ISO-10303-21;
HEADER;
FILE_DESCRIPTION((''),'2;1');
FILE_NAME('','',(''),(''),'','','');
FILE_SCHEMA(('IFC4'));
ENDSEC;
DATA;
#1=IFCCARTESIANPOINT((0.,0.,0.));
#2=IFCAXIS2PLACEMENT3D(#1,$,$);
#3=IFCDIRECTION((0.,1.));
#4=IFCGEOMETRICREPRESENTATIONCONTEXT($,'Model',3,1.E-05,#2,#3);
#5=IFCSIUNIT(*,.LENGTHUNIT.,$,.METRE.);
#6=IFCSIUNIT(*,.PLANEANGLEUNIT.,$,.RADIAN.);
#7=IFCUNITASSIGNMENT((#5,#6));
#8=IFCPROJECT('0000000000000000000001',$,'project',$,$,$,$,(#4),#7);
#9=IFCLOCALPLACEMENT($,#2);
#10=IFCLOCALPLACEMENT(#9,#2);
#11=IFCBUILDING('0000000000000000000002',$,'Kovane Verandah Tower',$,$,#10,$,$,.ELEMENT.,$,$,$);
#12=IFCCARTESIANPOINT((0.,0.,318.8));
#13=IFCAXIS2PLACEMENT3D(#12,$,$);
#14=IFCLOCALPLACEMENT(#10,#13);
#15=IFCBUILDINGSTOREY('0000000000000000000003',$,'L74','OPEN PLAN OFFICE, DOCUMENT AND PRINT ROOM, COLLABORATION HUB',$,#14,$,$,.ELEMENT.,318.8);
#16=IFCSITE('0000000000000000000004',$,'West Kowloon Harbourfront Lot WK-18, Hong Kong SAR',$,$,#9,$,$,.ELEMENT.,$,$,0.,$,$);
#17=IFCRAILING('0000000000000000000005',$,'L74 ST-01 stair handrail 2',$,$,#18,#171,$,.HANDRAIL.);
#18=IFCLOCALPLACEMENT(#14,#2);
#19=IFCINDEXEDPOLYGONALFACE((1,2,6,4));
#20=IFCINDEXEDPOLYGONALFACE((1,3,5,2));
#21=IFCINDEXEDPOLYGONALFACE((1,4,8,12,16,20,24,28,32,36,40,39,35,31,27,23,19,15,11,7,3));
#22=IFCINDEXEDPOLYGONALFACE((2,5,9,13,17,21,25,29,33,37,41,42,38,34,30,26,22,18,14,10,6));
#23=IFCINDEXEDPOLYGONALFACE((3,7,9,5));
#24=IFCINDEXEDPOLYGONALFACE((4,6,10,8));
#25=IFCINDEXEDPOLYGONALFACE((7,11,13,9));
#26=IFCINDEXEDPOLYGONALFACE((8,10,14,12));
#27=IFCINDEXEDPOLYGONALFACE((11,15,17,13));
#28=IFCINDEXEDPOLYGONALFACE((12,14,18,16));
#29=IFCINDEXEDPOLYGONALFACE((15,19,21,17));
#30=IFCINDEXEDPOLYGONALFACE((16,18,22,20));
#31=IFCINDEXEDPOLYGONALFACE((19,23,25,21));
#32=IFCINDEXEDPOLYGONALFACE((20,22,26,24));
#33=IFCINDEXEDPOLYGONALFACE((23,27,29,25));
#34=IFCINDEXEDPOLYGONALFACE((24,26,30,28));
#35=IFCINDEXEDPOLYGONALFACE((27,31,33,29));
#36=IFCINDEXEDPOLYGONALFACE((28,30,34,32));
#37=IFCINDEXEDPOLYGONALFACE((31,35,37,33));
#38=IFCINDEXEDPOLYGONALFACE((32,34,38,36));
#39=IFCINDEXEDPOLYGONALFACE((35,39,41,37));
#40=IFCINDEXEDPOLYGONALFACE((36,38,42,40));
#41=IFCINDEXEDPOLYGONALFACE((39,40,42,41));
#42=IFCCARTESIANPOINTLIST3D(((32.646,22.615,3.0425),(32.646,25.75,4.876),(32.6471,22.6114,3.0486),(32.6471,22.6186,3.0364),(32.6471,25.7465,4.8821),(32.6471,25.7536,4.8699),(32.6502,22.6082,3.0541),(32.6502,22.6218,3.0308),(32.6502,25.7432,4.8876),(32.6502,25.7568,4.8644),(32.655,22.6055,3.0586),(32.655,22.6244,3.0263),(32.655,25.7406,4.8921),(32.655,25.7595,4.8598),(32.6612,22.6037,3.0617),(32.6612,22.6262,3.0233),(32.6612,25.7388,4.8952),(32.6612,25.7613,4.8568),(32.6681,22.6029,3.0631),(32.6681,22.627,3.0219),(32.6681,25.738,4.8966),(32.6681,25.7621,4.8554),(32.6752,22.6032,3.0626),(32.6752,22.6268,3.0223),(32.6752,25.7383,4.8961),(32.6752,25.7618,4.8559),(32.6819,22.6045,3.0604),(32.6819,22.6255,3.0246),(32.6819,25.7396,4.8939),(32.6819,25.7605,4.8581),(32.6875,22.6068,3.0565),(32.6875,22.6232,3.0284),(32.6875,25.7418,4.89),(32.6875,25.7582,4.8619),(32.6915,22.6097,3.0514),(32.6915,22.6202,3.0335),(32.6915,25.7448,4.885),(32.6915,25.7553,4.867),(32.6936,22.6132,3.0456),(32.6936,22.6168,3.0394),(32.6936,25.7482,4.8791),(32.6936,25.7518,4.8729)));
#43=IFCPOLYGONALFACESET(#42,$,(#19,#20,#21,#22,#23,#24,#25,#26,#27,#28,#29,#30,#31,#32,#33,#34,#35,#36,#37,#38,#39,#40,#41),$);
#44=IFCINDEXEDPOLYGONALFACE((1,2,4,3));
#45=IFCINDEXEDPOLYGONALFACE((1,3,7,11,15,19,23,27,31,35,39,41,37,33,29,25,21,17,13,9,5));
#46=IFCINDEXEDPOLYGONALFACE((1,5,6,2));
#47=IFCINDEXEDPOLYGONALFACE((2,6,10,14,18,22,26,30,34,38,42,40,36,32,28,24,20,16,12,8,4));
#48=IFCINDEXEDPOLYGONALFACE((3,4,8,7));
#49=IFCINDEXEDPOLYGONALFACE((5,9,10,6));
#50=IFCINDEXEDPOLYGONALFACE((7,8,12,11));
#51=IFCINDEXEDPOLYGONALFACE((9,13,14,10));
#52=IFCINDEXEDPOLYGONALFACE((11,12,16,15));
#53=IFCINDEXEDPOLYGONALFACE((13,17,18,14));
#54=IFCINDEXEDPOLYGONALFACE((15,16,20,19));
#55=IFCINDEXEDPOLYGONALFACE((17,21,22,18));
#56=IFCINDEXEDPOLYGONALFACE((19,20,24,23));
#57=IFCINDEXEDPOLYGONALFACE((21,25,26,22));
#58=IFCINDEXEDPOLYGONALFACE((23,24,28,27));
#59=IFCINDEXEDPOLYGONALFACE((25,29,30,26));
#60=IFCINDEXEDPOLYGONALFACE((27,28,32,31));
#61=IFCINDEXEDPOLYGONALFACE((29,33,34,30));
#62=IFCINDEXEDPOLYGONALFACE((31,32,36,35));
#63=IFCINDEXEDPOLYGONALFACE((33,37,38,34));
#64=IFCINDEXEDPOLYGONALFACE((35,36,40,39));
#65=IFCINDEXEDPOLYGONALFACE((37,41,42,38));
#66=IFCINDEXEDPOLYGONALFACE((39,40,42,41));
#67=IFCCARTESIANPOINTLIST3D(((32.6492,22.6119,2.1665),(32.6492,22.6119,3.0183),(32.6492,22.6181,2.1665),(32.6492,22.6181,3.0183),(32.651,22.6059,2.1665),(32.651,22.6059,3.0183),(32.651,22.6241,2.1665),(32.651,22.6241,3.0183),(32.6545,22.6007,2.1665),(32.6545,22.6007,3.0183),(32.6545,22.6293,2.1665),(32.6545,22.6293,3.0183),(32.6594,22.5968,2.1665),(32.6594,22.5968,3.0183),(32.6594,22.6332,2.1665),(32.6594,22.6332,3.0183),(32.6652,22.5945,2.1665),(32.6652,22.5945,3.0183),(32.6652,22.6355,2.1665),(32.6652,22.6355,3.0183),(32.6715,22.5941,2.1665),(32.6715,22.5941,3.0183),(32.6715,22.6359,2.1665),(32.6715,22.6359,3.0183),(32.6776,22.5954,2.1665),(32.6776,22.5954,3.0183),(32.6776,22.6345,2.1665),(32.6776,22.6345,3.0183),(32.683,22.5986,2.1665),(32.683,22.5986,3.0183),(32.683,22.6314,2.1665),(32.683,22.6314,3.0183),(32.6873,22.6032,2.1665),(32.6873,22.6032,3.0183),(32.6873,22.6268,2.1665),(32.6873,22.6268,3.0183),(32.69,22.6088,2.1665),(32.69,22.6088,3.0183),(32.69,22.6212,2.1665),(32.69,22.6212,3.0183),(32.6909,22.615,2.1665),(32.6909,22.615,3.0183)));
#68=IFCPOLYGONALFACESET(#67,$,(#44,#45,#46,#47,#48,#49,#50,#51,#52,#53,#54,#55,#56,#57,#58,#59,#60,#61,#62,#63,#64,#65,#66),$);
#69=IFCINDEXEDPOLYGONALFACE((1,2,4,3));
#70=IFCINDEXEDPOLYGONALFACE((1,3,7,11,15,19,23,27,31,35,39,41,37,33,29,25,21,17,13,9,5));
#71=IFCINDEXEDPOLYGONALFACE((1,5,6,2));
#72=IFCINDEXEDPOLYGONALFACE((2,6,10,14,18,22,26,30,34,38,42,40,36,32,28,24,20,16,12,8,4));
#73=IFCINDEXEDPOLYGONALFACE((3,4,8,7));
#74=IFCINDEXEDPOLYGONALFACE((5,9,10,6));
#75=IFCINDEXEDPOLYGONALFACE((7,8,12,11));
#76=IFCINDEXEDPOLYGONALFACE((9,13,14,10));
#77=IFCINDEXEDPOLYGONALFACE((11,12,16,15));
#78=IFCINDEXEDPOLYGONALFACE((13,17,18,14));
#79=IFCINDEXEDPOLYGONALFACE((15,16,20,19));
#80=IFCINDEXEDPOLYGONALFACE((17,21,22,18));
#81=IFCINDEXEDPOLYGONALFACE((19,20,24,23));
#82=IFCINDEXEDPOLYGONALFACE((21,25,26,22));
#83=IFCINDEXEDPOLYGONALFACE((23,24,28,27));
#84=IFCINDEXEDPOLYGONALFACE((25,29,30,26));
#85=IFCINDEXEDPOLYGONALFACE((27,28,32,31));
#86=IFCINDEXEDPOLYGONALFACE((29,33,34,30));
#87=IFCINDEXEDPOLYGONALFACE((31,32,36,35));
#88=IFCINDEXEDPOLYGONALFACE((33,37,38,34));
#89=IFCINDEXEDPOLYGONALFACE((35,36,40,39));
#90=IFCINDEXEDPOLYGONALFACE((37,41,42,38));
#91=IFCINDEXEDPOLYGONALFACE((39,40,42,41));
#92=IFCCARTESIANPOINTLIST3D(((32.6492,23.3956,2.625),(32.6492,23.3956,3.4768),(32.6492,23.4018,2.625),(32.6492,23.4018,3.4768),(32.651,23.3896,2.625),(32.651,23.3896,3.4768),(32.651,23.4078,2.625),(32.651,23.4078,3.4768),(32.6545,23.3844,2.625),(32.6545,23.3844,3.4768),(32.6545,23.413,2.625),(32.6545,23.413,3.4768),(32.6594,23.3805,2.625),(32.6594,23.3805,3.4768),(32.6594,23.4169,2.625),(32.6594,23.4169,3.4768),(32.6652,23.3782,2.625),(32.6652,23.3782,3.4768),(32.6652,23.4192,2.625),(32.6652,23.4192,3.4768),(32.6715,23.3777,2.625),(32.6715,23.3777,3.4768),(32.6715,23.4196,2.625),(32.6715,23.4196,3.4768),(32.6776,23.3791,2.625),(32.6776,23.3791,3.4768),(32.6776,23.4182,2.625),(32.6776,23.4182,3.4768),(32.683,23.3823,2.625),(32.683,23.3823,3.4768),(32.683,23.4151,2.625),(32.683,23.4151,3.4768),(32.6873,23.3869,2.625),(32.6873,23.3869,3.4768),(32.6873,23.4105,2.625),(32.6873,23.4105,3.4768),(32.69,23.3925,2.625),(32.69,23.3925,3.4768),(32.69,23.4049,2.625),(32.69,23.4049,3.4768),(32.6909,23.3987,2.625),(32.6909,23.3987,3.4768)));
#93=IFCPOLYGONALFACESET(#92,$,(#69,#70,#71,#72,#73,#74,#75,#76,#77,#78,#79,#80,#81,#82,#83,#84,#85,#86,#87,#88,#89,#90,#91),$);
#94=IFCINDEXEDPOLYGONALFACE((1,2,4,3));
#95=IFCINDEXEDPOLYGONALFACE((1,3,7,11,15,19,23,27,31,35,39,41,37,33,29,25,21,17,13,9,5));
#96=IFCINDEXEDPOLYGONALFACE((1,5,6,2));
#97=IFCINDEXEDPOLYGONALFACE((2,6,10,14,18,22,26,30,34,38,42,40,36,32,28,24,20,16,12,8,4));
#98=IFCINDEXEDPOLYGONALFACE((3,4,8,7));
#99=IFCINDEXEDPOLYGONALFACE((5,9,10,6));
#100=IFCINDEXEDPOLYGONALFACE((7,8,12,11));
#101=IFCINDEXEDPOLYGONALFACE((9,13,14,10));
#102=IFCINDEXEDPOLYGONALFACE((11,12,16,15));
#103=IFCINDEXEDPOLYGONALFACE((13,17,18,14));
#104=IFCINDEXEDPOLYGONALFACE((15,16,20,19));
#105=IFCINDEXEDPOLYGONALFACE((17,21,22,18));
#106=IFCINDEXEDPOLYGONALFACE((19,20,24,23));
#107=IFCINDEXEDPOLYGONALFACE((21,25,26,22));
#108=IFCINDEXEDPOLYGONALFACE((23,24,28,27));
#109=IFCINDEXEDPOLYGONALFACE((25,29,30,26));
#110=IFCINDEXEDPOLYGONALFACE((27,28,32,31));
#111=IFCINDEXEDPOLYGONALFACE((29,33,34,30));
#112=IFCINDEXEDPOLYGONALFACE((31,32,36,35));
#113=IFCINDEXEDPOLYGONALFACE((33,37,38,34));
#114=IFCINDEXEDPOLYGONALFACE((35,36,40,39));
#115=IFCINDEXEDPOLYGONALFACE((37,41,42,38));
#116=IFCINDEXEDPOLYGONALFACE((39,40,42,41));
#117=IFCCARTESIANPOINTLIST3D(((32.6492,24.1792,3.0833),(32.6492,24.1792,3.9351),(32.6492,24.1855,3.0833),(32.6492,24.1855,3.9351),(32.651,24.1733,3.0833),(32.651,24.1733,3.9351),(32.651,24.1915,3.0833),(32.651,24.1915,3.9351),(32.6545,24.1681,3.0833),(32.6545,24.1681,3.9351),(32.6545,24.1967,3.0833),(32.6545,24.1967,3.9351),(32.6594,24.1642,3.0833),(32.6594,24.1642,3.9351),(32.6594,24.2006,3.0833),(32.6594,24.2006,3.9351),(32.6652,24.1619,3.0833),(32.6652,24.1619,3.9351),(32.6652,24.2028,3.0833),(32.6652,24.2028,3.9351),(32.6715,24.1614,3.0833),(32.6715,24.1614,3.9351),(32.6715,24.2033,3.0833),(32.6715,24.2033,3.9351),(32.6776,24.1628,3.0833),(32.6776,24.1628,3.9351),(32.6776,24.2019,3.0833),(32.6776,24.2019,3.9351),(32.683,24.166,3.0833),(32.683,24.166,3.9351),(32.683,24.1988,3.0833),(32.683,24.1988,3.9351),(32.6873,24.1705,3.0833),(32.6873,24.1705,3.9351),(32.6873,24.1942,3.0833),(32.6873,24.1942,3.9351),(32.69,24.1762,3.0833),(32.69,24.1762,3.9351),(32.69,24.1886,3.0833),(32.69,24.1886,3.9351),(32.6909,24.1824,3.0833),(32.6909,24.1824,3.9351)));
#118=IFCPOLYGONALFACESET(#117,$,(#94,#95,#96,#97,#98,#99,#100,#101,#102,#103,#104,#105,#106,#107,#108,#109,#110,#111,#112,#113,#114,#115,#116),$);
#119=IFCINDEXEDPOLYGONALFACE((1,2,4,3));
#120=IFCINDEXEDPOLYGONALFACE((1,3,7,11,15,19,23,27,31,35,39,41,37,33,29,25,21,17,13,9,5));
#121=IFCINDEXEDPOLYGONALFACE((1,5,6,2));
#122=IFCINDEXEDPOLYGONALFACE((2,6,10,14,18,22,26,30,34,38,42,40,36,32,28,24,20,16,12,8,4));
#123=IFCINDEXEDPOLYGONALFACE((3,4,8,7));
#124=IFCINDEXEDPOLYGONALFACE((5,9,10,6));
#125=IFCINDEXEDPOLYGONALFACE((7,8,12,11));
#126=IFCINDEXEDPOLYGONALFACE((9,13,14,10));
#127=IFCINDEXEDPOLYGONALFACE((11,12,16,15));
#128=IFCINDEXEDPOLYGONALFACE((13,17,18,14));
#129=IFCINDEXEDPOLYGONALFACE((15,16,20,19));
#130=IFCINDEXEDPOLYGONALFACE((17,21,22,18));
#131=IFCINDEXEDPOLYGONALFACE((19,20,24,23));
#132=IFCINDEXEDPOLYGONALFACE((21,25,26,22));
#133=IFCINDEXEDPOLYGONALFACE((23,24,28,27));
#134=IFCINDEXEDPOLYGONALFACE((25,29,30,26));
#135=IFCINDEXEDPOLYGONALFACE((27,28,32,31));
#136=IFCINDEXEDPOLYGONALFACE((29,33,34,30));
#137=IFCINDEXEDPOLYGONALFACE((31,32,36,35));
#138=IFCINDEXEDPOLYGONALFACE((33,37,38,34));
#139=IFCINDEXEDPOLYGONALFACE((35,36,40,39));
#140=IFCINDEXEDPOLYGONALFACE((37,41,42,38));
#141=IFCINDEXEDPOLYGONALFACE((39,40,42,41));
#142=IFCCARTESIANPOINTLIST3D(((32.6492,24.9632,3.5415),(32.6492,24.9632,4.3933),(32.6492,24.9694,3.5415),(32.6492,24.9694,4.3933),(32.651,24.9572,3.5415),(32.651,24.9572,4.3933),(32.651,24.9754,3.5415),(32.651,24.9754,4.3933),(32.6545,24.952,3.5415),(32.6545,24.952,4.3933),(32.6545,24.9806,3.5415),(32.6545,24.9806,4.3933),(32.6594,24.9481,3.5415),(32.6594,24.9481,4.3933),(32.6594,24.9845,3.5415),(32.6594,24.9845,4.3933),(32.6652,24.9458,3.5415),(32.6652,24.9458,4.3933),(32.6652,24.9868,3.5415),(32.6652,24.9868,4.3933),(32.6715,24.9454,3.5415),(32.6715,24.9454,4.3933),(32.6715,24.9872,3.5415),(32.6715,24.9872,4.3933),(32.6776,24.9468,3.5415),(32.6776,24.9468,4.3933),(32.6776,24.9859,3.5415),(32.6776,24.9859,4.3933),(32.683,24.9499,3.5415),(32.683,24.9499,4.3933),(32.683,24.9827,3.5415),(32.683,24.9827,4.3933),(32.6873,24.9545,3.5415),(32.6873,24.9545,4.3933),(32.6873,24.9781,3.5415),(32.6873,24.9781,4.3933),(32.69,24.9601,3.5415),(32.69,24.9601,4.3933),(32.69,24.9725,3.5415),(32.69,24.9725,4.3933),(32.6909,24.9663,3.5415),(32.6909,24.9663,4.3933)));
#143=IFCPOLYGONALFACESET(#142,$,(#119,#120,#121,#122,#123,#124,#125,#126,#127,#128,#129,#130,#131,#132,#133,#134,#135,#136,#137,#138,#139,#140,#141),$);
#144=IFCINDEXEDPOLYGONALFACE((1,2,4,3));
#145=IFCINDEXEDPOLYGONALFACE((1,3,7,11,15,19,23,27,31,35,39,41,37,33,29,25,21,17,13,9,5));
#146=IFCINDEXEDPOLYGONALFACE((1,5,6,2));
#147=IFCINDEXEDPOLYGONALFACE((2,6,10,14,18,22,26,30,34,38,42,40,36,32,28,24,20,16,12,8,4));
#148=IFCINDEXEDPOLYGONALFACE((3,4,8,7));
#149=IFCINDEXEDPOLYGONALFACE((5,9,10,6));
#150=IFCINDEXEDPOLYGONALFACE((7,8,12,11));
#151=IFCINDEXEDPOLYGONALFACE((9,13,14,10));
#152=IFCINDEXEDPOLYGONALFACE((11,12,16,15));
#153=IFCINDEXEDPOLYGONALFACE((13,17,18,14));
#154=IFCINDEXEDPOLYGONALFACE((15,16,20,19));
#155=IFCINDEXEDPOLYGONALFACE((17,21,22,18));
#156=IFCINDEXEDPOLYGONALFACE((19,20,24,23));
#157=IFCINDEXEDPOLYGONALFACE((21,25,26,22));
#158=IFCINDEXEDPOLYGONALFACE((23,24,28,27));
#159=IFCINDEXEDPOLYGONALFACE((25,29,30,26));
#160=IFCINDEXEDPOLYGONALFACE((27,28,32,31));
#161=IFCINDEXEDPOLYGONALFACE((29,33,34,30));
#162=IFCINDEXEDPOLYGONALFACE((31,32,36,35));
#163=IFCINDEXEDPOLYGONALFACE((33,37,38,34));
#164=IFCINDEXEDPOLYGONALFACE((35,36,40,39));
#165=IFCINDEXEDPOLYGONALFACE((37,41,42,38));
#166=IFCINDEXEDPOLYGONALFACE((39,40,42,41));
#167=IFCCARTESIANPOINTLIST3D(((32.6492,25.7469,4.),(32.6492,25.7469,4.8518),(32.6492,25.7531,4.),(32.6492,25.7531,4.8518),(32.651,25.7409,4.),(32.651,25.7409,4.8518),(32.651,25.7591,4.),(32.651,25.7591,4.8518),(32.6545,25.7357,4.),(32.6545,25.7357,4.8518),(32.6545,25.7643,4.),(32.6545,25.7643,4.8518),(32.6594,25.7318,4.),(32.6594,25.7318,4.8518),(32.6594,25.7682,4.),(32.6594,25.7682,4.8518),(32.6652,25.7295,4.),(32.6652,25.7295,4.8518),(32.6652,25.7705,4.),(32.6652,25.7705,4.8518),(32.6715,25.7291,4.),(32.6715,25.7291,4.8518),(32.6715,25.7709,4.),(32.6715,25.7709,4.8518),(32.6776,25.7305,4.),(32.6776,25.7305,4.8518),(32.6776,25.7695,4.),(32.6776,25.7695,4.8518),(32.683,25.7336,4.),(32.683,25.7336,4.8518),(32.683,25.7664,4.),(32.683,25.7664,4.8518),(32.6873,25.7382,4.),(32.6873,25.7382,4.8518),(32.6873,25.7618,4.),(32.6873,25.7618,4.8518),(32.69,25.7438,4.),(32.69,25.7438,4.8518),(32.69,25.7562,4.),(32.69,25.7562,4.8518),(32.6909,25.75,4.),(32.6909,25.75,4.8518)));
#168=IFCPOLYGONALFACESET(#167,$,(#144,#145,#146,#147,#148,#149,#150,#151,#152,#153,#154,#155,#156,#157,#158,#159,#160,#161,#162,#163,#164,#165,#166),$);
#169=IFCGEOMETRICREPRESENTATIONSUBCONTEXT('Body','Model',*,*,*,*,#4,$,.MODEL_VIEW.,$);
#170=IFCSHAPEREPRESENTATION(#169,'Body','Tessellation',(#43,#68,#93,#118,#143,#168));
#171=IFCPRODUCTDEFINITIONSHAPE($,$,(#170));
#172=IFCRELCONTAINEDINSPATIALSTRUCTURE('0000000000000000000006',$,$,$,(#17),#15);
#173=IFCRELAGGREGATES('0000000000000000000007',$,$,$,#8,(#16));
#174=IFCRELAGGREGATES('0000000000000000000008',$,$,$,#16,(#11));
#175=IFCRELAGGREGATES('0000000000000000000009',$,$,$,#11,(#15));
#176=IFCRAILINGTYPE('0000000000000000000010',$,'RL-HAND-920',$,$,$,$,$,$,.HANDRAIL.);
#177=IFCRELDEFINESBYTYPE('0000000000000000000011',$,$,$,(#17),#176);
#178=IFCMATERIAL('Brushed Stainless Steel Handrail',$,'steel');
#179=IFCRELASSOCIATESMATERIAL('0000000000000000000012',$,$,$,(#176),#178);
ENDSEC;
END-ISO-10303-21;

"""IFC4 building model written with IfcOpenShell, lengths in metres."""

from ifc_helpers import new_model, si_unit, direction, frame, origin, origin_2d, place, context, subcontext, project, spatial, circle, extrude, material, type_object, element, save


model = new_model("IFC4")

# Units and contexts
model_context = context("Model", 3, precision=1e-05, world=origin(), true_north=direction((0.0, 1.0)))
body_context = subcontext(model_context, "Body", "Model", "MODEL_VIEW")
ifc_project = project(units=[si_unit("LENGTHUNIT", "METRE"), si_unit("PLANEANGLEUNIT", "RADIAN")], contexts=[model_context])

# Site, building, storey
site_placement = place(None, origin())
site = spatial("IfcSite", under=ifc_project, at=site_placement, Name="West Kowloon Harbourfront Lot WK-18, Hong Kong SAR", CompositionType="ELEMENT", RefElevation=0.0)
building_placement = place(site_placement, origin())
building = spatial("IfcBuilding", under=site, at=building_placement, Name="Kovane Verandah Tower", CompositionType="ELEMENT")
storey_placement = place(building_placement, frame((0.0, 0.0, 318.8)))
storey = spatial("IfcBuildingStorey", under=building, at=storey_placement, Name="L74", Description="OPEN PLAN OFFICE, DOCUMENT AND PRINT ROOM, COLLABORATION HUB", CompositionType="ELEMENT", Elevation=318.8)

# Railing
ifc_material_1 = material(Name="Brushed Stainless Steel Handrail", Category="steel")
railing_type_1 = type_object("IfcRailingType", Name="RL-HAND-920", PredefinedType="HANDRAIL", material=ifc_material_1)
railing_1_placement = place(storey_placement, frame((32.6699, 22.615, 2.1665)))
element("IfcRailing", 1, at=railing_1_placement, inside=storey, type_object=railing_type_1, Name="L74 ST-01 stair handrail 2", PredefinedType="HANDRAIL", context=body_context, shape_type="SweptSolid", body=[
    extrude(circle(Radius=0.0239, at=origin_2d()), frame((0.0, 0.0, 0.876), z_axis=(0.0, 0.86321, 0.504845), x_axis=(-1.0, 0.0, 0.0)), (0.0, 0.0, 1.0), 3.6318),
    extrude(circle(Radius=0.021, at=origin_2d()), origin(), (0.0, 0.0, 1.0), 0.8518),
    extrude(circle(Radius=0.021, at=origin_2d()), frame((0.0, 0.7837, 0.4585)), (0.0, 0.0, 1.0), 0.8518),
    extrude(circle(Radius=0.021, at=origin_2d()), frame((0.0, 1.5674, 0.9167)), (0.0, 0.0, 1.0), 0.8518),
    extrude(circle(Radius=0.021, at=origin_2d()), frame((0.0, 2.3513, 1.375)), (0.0, 0.0, 1.0), 0.8518),
    extrude(circle(Radius=0.021, at=origin_2d()), frame((0.0, 3.135, 1.8335)), (0.0, 0.0, 1.0), 0.8518),
])

save(model, "model.ifc")
